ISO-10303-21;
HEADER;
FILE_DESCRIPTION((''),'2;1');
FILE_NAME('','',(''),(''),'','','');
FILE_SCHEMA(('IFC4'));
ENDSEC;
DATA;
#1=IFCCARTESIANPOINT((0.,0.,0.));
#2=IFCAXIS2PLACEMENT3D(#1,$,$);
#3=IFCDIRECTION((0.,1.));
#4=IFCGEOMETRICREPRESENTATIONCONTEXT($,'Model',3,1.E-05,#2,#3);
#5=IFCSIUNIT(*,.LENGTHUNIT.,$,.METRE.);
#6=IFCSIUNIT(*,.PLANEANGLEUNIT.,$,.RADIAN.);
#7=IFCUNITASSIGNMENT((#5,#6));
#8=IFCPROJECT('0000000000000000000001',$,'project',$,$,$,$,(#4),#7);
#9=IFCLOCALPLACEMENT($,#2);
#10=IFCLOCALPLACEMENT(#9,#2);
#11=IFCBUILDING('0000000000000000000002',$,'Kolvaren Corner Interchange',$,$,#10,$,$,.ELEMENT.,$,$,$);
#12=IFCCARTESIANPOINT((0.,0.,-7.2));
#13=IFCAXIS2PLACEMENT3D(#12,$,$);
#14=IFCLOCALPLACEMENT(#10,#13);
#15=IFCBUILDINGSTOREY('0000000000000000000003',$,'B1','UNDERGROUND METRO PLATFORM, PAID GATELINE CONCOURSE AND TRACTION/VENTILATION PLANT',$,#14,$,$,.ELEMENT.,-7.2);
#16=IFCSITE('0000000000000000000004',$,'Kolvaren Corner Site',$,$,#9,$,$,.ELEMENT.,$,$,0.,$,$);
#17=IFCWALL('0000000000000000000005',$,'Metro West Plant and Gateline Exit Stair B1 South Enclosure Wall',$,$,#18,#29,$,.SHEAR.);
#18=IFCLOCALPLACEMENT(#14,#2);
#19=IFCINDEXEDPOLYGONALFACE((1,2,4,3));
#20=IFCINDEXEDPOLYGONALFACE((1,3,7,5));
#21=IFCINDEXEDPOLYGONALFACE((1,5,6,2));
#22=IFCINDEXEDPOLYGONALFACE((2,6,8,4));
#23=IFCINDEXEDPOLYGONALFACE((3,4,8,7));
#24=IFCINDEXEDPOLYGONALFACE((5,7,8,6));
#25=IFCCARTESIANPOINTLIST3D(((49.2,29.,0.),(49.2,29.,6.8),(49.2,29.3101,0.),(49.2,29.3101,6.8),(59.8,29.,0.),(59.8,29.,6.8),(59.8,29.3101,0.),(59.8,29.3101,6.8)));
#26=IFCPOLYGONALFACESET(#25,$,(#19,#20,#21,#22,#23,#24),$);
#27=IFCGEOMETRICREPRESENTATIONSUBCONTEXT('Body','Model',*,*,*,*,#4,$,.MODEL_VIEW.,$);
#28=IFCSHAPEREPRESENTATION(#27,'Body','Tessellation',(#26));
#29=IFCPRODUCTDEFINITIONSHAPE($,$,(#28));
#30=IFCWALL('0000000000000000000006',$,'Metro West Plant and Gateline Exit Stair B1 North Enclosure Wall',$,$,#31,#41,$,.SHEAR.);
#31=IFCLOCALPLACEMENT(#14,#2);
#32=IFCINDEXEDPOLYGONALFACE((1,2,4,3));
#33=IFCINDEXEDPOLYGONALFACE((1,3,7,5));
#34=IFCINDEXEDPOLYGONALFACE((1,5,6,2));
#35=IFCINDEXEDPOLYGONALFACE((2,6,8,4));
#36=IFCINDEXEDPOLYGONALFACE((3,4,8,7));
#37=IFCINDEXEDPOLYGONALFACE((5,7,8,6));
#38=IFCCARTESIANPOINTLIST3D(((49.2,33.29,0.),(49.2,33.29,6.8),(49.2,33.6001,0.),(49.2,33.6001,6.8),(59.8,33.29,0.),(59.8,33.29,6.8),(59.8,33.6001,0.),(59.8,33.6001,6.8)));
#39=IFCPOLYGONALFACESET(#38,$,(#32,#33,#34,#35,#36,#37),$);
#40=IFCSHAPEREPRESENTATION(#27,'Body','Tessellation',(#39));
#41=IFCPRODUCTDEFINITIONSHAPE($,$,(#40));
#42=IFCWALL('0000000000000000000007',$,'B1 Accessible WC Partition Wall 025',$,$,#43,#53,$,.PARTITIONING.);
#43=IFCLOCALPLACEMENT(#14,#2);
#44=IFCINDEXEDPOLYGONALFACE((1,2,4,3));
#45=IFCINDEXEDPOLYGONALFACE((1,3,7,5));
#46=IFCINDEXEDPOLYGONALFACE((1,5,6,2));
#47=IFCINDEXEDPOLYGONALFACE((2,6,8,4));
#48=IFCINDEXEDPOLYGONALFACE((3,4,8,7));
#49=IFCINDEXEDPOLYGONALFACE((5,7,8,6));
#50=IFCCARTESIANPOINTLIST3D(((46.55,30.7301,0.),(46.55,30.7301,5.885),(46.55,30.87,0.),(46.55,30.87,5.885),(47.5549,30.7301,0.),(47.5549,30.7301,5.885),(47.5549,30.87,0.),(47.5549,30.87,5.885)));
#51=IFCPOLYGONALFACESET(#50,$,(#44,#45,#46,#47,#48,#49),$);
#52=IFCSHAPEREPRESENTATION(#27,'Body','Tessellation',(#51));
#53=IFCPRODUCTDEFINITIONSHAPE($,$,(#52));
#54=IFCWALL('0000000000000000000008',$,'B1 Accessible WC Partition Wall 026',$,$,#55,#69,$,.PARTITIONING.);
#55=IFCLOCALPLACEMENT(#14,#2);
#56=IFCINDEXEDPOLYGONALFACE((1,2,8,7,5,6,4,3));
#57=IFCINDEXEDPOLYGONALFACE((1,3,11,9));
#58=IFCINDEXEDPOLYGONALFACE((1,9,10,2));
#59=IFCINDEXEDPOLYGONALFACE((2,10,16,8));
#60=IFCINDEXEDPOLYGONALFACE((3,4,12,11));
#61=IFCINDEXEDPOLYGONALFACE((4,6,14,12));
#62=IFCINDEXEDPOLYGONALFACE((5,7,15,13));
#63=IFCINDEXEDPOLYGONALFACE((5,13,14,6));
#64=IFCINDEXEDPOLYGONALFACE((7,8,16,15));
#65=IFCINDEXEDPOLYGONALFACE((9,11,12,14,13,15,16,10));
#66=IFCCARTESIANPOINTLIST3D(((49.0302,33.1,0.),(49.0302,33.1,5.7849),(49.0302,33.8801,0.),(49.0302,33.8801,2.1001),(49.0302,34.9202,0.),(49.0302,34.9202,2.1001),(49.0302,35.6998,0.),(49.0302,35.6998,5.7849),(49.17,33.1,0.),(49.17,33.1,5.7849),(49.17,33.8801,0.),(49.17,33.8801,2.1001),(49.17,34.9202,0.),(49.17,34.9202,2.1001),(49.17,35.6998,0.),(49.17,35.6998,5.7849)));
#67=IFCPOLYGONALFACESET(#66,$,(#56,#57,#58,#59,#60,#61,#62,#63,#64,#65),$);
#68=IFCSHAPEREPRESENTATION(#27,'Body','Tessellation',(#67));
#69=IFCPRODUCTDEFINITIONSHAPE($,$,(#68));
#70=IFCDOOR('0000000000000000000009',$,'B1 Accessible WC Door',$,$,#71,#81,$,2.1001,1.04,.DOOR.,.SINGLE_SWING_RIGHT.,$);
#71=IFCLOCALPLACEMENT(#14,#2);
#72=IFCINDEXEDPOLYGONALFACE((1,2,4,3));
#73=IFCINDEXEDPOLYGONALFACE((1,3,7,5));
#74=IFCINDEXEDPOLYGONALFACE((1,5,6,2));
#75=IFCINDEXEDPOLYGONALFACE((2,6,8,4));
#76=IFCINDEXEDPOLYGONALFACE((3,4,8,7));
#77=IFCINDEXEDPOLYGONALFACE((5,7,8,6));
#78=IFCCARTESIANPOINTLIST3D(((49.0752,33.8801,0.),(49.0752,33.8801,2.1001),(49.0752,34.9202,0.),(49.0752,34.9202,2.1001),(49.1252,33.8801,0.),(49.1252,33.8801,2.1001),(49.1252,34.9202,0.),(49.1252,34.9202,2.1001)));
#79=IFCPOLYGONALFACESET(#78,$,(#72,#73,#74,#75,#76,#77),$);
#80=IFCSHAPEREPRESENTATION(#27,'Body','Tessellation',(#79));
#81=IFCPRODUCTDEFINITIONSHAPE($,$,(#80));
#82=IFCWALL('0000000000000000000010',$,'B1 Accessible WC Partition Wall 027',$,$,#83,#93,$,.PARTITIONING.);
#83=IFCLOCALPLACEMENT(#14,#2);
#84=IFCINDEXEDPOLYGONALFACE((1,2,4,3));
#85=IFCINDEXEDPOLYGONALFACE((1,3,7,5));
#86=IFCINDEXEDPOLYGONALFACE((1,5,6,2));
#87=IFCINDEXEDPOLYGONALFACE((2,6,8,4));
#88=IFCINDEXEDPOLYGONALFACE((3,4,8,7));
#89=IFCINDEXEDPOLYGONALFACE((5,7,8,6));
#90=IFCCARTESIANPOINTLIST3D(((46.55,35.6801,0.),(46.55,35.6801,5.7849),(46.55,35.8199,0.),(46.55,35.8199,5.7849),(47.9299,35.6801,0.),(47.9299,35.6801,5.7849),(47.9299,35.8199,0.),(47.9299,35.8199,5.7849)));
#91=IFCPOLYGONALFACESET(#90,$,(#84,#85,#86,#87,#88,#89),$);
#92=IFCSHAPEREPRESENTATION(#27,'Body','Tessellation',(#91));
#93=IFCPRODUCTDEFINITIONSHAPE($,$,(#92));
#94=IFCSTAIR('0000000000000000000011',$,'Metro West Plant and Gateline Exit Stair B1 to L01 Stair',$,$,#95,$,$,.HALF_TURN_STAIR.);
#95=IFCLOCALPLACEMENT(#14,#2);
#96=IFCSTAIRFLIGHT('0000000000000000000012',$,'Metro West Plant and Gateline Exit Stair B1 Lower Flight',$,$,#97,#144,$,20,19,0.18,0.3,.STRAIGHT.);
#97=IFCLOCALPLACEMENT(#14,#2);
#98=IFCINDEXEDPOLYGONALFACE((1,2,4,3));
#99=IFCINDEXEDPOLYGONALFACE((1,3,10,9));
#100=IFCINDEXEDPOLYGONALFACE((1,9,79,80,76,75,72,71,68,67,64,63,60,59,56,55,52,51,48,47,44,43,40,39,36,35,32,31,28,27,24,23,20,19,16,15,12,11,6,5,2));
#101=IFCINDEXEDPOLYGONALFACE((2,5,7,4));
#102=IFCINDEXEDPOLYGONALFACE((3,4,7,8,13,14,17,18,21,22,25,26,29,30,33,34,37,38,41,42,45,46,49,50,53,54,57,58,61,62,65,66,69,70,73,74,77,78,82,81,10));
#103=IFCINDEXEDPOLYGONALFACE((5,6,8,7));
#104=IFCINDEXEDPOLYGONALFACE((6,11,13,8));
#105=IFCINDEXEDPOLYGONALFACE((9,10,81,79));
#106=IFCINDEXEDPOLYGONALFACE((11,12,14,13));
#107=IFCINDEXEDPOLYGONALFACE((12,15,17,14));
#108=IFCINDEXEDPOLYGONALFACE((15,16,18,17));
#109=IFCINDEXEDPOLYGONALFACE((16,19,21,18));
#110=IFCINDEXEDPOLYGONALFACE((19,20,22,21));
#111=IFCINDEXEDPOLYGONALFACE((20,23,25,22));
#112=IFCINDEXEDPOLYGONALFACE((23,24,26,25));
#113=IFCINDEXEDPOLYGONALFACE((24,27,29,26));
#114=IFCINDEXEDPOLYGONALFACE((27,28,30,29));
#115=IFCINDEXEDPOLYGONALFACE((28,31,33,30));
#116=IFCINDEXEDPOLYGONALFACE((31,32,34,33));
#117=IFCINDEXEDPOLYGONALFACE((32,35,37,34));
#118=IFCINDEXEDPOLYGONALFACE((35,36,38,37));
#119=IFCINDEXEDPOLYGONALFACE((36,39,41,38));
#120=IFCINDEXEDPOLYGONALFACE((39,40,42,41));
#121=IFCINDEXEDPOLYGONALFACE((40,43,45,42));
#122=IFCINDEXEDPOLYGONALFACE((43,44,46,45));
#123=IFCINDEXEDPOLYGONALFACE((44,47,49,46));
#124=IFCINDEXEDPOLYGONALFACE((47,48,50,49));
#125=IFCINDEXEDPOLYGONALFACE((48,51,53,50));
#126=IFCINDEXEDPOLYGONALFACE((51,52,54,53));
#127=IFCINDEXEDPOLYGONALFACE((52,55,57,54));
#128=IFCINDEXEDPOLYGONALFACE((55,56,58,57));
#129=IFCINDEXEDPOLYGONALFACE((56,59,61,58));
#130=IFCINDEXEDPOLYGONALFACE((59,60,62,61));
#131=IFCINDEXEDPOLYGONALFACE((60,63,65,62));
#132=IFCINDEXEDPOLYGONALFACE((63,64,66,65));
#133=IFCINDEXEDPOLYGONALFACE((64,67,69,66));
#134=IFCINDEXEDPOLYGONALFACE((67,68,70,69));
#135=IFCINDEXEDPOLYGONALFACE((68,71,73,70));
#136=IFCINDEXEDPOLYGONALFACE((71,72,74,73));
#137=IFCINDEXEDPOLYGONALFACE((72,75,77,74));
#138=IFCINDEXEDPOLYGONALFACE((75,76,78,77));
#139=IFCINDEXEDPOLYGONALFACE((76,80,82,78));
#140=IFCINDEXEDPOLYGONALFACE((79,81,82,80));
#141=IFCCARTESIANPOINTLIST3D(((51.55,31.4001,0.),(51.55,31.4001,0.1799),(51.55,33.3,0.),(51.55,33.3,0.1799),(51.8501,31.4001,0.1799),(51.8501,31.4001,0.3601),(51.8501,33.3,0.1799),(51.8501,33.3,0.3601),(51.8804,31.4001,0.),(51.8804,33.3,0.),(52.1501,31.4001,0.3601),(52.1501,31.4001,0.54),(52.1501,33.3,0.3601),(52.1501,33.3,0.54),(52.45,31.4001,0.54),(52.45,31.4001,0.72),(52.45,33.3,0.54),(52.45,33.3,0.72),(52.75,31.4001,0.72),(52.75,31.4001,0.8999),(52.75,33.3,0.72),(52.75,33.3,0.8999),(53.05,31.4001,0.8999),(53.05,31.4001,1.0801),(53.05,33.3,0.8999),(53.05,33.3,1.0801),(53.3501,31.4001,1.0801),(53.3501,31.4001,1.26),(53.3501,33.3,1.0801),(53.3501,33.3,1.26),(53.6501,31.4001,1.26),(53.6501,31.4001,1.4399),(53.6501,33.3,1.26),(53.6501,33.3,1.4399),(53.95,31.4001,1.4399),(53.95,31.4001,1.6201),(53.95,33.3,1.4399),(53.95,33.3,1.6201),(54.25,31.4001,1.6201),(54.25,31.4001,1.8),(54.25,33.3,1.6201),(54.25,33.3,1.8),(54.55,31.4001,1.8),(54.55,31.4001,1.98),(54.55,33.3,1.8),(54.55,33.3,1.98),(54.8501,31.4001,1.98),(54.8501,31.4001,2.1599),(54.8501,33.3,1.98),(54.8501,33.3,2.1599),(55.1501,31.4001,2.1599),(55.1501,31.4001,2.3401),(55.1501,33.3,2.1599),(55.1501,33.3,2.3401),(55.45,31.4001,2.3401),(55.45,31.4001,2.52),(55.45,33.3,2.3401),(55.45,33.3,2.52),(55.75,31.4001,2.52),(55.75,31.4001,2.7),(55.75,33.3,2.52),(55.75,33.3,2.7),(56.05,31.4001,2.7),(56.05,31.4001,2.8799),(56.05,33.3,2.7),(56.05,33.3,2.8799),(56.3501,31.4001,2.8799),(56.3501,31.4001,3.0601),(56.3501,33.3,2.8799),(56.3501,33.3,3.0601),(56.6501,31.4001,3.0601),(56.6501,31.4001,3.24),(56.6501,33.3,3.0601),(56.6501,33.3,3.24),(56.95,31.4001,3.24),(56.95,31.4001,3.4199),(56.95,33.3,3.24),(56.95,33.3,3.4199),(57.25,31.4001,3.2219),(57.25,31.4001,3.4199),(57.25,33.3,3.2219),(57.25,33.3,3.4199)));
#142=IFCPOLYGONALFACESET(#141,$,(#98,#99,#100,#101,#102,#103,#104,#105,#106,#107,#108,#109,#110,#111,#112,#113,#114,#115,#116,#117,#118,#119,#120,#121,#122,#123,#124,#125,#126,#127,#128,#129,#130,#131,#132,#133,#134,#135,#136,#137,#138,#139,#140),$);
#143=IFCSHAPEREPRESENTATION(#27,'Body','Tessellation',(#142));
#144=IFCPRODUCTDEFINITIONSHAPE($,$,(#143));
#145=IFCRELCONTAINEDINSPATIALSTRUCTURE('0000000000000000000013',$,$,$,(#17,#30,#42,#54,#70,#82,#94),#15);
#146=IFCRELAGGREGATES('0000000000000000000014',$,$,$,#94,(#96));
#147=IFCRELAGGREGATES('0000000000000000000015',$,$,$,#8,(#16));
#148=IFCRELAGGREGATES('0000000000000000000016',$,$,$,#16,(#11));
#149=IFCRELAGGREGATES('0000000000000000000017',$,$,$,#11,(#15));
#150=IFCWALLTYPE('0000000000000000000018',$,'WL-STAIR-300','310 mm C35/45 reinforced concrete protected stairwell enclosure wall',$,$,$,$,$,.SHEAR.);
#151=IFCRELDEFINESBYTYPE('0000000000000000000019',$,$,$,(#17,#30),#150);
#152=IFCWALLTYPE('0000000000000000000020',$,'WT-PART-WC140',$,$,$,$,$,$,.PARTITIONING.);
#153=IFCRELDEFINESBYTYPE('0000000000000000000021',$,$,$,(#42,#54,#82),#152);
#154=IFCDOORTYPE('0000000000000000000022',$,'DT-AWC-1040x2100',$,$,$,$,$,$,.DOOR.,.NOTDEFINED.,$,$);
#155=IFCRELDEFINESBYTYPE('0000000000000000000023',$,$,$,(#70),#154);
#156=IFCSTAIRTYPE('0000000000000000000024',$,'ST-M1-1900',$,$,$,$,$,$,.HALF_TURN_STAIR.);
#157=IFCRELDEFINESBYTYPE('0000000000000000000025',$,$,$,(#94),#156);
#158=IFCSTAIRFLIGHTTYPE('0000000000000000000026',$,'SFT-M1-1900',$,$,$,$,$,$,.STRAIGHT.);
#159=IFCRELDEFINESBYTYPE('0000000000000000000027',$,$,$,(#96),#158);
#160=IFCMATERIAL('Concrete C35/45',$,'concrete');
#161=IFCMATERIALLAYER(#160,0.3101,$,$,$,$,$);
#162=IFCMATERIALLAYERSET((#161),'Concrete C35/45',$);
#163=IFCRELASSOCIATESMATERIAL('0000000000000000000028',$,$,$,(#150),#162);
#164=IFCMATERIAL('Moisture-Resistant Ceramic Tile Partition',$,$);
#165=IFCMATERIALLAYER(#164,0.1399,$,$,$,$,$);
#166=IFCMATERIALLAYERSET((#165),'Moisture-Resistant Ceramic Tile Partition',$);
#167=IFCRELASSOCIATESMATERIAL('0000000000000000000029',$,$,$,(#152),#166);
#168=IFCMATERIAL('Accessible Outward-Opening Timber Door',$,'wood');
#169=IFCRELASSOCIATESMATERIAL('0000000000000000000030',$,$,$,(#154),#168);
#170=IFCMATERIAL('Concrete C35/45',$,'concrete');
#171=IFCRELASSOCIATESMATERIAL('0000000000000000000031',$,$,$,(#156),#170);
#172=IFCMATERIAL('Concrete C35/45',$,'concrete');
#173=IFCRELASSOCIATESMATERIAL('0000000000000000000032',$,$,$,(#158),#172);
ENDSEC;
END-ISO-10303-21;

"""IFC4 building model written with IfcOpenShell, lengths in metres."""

from ifc_helpers import new_model, si_unit, direction, frame, frame_2d, origin, place, context, subcontext, project, spatial, polyline, rectangle, outline, extrude, material, layer, layer_set, type_object, element, fill, aggregate, save


model = new_model("IFC4")

# Units and contexts
model_context = context("Model", 3, precision=1e-05, world=origin(), true_north=direction((0.0, 1.0)))
body_context = subcontext(model_context, "Body", "Model", "MODEL_VIEW")
ifc_project = project(units=[si_unit("LENGTHUNIT", "METRE"), si_unit("PLANEANGLEUNIT", "RADIAN")], contexts=[model_context])

# Site, building, storey
site_placement = place(None, origin())
site = spatial("IfcSite", under=ifc_project, at=site_placement, Name="Kolvaren Corner Site", CompositionType="ELEMENT", RefElevation=0.0)
building_placement = place(site_placement, origin())
building = spatial("IfcBuilding", under=site, at=building_placement, Name="Kolvaren Corner Interchange", CompositionType="ELEMENT")
storey_placement = place(building_placement, frame((0.0, 0.0, -7.2)))
storey = spatial("IfcBuildingStorey", under=building, at=storey_placement, Name="B1", Description="UNDERGROUND METRO PLATFORM, PAID GATELINE CONCOURSE AND TRACTION/VENTILATION PLANT", CompositionType="ELEMENT", Elevation=-7.2)

# Walls
ifc_material_1 = material(Name="Concrete C35/45", Category="concrete")
ifc_layer_1 = layer(ifc_material_1, 0.3101)
ifc_layer_set_1 = layer_set([ifc_layer_1], Name="Concrete C35/45")
wall_type_1 = type_object("IfcWallType", Name="WL-STAIR-300", Description="310 mm C35/45 reinforced concrete protected stairwell enclosure wall", PredefinedType="SHEAR", material=ifc_layer_set_1)
for number, where, z_axis, x_axis, name in (
    (1, (49.2, 29.155, 0.0), (0.0, 0.0, 1.0), (1.0, 0.0, 0.0), "Metro West Plant and Gateline Exit Stair B1 South Enclosure Wall"),
    (2, (49.2, 33.4451, 0.0), (0.0, 0.0, 1.0), (1.0, 0.0, 0.0), "Metro West Plant and Gateline Exit Stair B1 North Enclosure Wall"),
):
    element("IfcWall", number, at=place(storey_placement, frame(where, z_axis=z_axis, x_axis=x_axis)), inside=storey, type_object=wall_type_1, Name=name, PredefinedType="SHEAR", context=body_context, shape_type="SweptSolid", body=[
        extrude(rectangle(XDim=10.6001, YDim=0.3101, at=frame_2d((5.3, 0.0))), origin(), (0.0, 0.0, 1.0), 6.8),
    ])

# Wall
ifc_material_2 = material(Name="Moisture-Resistant Ceramic Tile Partition")
ifc_layer_2 = layer(ifc_material_2, 0.1399)
ifc_layer_set_2 = layer_set([ifc_layer_2], Name="Moisture-Resistant Ceramic Tile Partition")
wall_type_2 = type_object("IfcWallType", Name="WT-PART-WC140", PredefinedType="PARTITIONING", material=ifc_layer_set_2)
wall_1_placement = place(storey_placement, frame((46.55, 30.8, 0.0), z_axis=(0.0, 0.0, 1.0), x_axis=(1.0, 0.0, 0.0)))
element("IfcWall", 3, at=wall_1_placement, inside=storey, type_object=wall_type_2, Name="B1 Accessible WC Partition Wall 025", PredefinedType="PARTITIONING", context=body_context, shape_type="SweptSolid", body=[
    extrude(rectangle(XDim=1.0049, YDim=0.1399, at=frame_2d((0.5024, 0.0))), origin(), (0.0, 0.0, 1.0), 5.885),
])

# Wall, opening, door
wall_2_placement = place(storey_placement, frame((49.1001, 33.1001, 0.0), z_axis=(0.0, 0.0, 1.0), x_axis=(0.0, 1.0, 0.0)))
wall_2 = element("IfcWall", 4, at=wall_2_placement, inside=storey, type_object=wall_type_2, Name="B1 Accessible WC Partition Wall 026", PredefinedType="PARTITIONING", context=body_context, shape_type="SweptSolid", body=[
    extrude(rectangle(XDim=2.5999, YDim=0.1399, at=frame_2d((1.2998, 0.0))), origin(), (0.0, 0.0, 1.0), 5.7849),
])
opening_1_placement = place(wall_2_placement, frame((0.78, 0.0, 0.0)))
opening_1 = element("IfcOpeningElement", 5, at=opening_1_placement, cuts=wall_2, PredefinedType="OPENING", context=body_context, shape_type="SweptSolid", body=[
    extrude(rectangle(XDim=1.04, YDim=2.1001, at=frame_2d((0.52, 1.05))), frame((0.0, 0.0798, 0.0), z_axis=(0.0, -1.0, 0.0), x_axis=(1.0, 0.0, 0.0)), (0.0, 0.0, 1.0), 0.1599),
])
ifc_material_3 = material(Name="Accessible Outward-Opening Timber Door", Category="wood")
door_type_1 = type_object("IfcDoorType", Name="DT-AWC-1040x2100", OperationType="NOTDEFINED", PredefinedType="DOOR", material=ifc_material_3)
door_1_placement = place(opening_1_placement, origin())
door_1 = element("IfcDoor", 6, at=door_1_placement, inside=storey, type_object=door_type_1, Name="B1 Accessible WC Door", OperationType="SINGLE_SWING_RIGHT", OverallHeight=2.1001, OverallWidth=1.04, PredefinedType="DOOR", context=body_context, shape_type="SweptSolid", body=[
    extrude(rectangle(XDim=1.04, YDim=2.1001, at=frame_2d((0.52, 1.05))), frame((0.0, 0.0249, 0.0), z_axis=(0.0, -1.0, 0.0), x_axis=(1.0, 0.0, 0.0)), (0.0, 0.0, 1.0), 0.05),
])
fill(opening_1, door_1)

# Wall
wall_3_placement = place(storey_placement, frame((47.9299, 35.75, 0.0), z_axis=(0.0, 0.0, 1.0), x_axis=(-1.0, 0.0, 0.0)))
element("IfcWall", 7, at=wall_3_placement, inside=storey, type_object=wall_type_2, Name="B1 Accessible WC Partition Wall 027", PredefinedType="PARTITIONING", context=body_context, shape_type="SweptSolid", body=[
    extrude(rectangle(XDim=1.3799, YDim=0.1399, at=frame_2d((0.6899, 0.0))), origin(), (0.0, 0.0, 1.0), 5.7849),
])

# Stair, stair flight
ifc_material_4 = material(Name="Concrete C35/45", Category="concrete")
stair_type = type_object("IfcStairType", Name="ST-M1-1900", PredefinedType="HALF_TURN_STAIR", material=ifc_material_4)
stair_placement = place(storey_placement, origin())
stair = element("IfcStair", 8, at=stair_placement, inside=storey, type_object=stair_type, Name="Metro West Plant and Gateline Exit Stair B1 to L01 Stair", PredefinedType="HALF_TURN_STAIR")
ifc_material_5 = material(Name="Concrete C35/45", Category="concrete")
stair_flight_type = type_object("IfcStairFlightType", Name="SFT-M1-1900", PredefinedType="STRAIGHT", material=ifc_material_5)
stair_flight_1_placement = place(storey_placement, frame((51.55, 32.3501, 0.0), z_axis=(0.0, 0.0, 1.0), x_axis=(1.0, 0.0, 0.0)))
stair_flight_1 = element("IfcStairFlight", 9, at=stair_flight_1_placement, type_object=stair_flight_type, Name="Metro West Plant and Gateline Exit Stair B1 Lower Flight", NumberOfRisers=20, NumberOfTreads=19, PredefinedType="STRAIGHT", RiserHeight=0.18, TreadLength=0.3, context=body_context, shape_type="SweptSolid", body=[
    extrude(outline(polyline([(0.0, 0.0), (0.0, 0.1799), (0.3, 0.1799), (0.3, 0.3601), (0.6001, 0.3601), (0.6001, 0.54), (0.8999, 0.54), (0.8999, 0.72), (1.2, 0.72), (1.2, 0.8999), (1.5, 0.8999), (1.5, 1.0801), (1.8, 1.0801), (1.8, 1.26), (2.1001, 1.26), (2.1001, 1.4399), (2.3999, 1.4399), (2.3999, 1.6201), (2.7, 1.6201), (2.7, 1.8), (3.0, 1.8), (3.0, 1.98), (3.3, 1.98), (3.3, 2.1599), (3.6001, 2.1599), (3.6001, 2.3401), (3.8999, 2.3401), (3.8999, 2.52), (4.2, 2.52), (4.2, 2.7), (4.5, 2.7), (4.5, 2.8799), (4.8, 2.8799), (4.8, 3.0601), (5.1001, 3.0601), (5.1001, 3.24), (5.3999, 3.24), (5.3999, 3.4199), (5.7, 3.4199), (5.7, 3.6001), (5.7, 3.2219), (0.3303, 0.0), (0.0, 0.0)])), frame((0.0, 0.95, 0.0), z_axis=(0.0, -1.0, 0.0), x_axis=(1.0, 0.0, 0.0)), (0.0, 0.0, 1.0), 1.8999),
])
aggregate(stair, [stair_flight_1])

save(model, "model.ifc")
